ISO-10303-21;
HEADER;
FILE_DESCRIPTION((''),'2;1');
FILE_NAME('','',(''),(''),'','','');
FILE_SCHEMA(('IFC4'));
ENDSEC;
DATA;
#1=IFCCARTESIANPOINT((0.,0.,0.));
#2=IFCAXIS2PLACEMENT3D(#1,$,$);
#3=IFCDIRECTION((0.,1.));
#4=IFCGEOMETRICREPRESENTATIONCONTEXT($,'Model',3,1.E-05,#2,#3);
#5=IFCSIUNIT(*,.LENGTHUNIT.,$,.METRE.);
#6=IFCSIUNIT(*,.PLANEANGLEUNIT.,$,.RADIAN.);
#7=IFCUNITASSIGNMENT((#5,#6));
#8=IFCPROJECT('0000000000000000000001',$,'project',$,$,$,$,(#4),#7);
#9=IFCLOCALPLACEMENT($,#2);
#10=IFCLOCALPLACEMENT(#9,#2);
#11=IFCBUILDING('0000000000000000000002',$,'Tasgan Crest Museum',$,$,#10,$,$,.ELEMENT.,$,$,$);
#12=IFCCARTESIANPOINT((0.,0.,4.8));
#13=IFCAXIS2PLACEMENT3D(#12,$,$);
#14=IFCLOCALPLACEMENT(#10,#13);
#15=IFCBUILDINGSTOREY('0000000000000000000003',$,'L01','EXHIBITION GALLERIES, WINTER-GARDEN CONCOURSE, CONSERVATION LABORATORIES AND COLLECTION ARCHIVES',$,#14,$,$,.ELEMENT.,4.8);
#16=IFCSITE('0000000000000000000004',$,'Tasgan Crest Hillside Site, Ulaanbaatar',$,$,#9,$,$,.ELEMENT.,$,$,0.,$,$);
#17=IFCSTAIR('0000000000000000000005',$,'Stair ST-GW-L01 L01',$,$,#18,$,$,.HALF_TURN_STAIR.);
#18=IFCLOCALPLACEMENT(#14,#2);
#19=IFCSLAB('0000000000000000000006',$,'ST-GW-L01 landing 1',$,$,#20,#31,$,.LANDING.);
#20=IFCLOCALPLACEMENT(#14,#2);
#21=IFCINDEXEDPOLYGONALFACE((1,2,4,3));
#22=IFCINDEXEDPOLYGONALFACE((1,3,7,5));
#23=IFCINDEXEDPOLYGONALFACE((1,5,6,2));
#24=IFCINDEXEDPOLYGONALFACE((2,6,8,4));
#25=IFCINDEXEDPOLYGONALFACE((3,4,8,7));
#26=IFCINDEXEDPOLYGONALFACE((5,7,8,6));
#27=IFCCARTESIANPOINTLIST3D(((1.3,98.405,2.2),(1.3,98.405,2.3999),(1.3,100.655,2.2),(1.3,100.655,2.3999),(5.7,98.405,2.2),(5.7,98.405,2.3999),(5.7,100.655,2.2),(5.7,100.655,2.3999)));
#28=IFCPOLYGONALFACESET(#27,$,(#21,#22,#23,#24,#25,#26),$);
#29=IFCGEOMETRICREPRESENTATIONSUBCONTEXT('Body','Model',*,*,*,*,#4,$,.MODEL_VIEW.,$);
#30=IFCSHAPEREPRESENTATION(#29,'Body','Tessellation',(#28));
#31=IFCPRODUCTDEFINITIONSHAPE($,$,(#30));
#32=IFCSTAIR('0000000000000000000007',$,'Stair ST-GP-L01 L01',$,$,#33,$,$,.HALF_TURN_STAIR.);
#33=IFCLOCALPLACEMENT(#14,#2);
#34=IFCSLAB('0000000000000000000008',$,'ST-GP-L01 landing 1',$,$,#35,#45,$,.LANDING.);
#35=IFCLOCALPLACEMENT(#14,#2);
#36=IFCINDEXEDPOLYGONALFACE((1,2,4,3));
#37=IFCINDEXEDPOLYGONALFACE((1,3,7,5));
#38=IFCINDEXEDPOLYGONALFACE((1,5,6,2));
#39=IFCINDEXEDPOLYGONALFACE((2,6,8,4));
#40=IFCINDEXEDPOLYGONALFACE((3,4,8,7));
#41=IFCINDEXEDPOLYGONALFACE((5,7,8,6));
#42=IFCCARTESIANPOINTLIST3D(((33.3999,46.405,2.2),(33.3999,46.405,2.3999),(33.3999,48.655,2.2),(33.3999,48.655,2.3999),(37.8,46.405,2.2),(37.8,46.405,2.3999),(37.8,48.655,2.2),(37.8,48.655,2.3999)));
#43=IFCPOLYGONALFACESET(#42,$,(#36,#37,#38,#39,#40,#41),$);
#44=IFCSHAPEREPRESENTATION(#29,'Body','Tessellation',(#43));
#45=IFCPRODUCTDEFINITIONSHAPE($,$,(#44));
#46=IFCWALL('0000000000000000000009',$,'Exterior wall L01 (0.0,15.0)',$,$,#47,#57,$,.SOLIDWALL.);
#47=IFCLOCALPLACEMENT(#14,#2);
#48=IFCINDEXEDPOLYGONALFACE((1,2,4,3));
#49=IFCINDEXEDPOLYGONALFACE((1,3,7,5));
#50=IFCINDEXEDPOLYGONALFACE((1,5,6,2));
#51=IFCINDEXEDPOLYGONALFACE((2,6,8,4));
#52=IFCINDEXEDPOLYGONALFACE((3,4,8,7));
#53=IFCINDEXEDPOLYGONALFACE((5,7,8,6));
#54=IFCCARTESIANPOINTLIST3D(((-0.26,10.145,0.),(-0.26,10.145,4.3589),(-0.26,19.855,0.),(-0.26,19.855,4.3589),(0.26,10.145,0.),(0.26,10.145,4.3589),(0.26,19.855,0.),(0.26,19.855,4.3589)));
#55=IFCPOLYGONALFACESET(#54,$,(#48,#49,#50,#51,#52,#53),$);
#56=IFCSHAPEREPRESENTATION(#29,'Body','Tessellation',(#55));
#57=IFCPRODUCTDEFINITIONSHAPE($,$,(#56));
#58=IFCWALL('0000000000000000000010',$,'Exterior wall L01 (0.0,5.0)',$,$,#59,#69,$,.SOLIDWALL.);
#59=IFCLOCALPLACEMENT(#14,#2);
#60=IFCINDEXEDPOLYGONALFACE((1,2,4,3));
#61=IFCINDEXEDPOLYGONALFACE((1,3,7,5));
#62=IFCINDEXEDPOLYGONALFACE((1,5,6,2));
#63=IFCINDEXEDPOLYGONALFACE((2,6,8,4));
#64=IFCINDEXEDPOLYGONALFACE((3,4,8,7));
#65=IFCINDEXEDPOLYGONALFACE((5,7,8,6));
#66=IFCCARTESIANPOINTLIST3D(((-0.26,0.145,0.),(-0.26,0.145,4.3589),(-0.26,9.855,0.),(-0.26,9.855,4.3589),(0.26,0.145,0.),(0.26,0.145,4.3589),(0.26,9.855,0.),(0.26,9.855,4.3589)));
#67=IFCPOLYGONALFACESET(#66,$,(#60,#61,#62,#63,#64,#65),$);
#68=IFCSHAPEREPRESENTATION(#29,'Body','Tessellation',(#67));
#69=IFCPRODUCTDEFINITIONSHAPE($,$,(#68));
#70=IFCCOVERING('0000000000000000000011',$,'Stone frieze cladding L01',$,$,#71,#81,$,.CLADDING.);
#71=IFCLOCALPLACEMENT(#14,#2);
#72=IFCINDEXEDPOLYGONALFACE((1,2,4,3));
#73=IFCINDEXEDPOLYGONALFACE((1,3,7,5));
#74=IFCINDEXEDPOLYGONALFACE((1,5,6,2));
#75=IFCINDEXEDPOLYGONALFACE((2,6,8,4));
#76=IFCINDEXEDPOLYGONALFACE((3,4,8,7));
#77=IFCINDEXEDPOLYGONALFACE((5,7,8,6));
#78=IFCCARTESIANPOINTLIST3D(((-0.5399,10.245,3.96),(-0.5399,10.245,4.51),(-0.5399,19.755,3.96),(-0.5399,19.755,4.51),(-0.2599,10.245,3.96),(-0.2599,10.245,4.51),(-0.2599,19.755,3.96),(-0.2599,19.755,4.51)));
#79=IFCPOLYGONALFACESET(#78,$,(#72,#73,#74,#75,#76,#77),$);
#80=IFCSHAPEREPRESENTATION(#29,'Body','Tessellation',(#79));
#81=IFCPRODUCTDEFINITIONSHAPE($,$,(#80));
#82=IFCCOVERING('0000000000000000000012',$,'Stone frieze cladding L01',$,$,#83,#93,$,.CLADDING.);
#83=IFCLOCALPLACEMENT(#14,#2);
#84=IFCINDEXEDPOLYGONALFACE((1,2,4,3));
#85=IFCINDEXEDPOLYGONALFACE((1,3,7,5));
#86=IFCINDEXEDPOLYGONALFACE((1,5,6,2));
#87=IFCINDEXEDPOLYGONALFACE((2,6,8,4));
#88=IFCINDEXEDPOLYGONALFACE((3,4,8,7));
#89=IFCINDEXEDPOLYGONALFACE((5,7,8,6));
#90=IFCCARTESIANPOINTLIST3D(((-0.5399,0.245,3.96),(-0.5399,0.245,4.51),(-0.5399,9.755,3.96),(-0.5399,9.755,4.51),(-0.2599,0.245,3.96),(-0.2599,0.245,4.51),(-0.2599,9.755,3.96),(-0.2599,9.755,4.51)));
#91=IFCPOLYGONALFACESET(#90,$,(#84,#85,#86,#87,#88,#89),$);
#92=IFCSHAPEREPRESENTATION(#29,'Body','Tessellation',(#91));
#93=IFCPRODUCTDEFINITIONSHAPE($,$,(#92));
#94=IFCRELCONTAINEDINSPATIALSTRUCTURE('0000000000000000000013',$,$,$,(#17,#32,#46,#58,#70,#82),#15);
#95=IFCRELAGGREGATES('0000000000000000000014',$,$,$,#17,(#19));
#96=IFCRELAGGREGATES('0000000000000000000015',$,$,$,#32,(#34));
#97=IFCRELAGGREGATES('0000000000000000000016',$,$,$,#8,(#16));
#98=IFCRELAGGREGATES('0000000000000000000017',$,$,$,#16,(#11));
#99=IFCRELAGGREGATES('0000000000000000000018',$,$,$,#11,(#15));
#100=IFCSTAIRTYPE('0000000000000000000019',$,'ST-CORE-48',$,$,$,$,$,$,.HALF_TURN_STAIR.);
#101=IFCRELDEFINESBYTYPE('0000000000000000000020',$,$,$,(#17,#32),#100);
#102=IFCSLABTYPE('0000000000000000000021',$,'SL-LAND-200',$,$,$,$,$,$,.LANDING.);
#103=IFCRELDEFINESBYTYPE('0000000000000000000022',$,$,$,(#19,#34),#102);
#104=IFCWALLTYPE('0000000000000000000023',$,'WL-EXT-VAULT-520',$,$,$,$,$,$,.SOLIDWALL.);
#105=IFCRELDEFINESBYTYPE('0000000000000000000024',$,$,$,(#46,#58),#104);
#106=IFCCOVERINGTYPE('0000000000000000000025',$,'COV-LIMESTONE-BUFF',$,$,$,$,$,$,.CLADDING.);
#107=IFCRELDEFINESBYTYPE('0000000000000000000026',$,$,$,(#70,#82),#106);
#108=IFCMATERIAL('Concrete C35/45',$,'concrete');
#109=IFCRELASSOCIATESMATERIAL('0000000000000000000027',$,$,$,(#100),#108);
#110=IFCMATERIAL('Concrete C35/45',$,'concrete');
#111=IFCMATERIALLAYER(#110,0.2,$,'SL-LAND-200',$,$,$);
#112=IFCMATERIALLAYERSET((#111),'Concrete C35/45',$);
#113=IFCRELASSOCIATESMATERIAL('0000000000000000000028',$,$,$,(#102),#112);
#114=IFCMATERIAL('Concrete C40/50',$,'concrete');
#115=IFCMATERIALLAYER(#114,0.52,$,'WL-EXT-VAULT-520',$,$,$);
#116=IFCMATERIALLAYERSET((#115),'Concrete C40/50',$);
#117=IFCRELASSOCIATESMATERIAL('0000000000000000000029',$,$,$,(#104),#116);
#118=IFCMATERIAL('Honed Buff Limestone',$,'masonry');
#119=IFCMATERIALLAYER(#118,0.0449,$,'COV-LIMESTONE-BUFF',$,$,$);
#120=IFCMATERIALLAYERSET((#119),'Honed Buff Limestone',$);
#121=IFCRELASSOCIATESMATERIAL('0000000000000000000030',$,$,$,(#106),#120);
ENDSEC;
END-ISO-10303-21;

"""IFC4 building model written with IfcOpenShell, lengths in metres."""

from ifc_helpers import new_model, si_unit, direction, frame, frame_2d, origin, origin_2d, place, context, subcontext, project, spatial, polyline, rectangle, outline, extrude, material, layer, layer_set, type_object, element, aggregate, save


model = new_model("IFC4")

# Units and contexts
model_context = context("Model", 3, precision=1e-05, world=origin(), true_north=direction((0.0, 1.0)))
body_context = subcontext(model_context, "Body", "Model", "MODEL_VIEW")
ifc_project = project(units=[si_unit("LENGTHUNIT", "METRE"), si_unit("PLANEANGLEUNIT", "RADIAN")], contexts=[model_context])

# Site, building, storey
site_placement = place(None, origin())
site = spatial("IfcSite", under=ifc_project, at=site_placement, Name="Tasgan Crest Hillside Site, Ulaanbaatar", CompositionType="ELEMENT", RefElevation=0.0)
building_placement = place(site_placement, origin())
building = spatial("IfcBuilding", under=site, at=building_placement, Name="Tasgan Crest Museum", CompositionType="ELEMENT")
storey_placement = place(building_placement, frame((0.0, 0.0, 4.8)))
storey = spatial("IfcBuildingStorey", under=building, at=storey_placement, Name="L01", Description="EXHIBITION GALLERIES, WINTER-GARDEN CONCOURSE, CONSERVATION LABORATORIES AND COLLECTION ARCHIVES", CompositionType="ELEMENT", Elevation=4.8)

# Stairs, slabs
ifc_material_1 = material(Name="Concrete C35/45", Category="concrete")
stair_type_1 = type_object("IfcStairType", Name="ST-CORE-48", PredefinedType="HALF_TURN_STAIR", material=ifc_material_1)
ifc_material_2 = material(Name="Concrete C35/45", Category="concrete")
ifc_layer_1 = layer(ifc_material_2, 0.2, Name="SL-LAND-200")
ifc_layer_set_1 = layer_set([ifc_layer_1], Name="Concrete C35/45")
slab_type_1 = type_object("IfcSlabType", Name="SL-LAND-200", PredefinedType="LANDING", material=ifc_layer_set_1)
stair_1_placement = place(storey_placement, origin())
stair_1 = element("IfcStair", 1, at=stair_1_placement, inside=storey, type_object=stair_type_1, Name="Stair ST-GW-L01 L01", PredefinedType="HALF_TURN_STAIR")
slab_1_placement = place(storey_placement, frame((0.0, 0.0, 2.2)))
slab_1 = element("IfcSlab", 2, at=slab_1_placement, type_object=slab_type_1, Name="ST-GW-L01 landing 1", PredefinedType="LANDING", context=body_context, shape_type="SweptSolid", body=[
    extrude(outline(polyline([(1.3, 98.405), (5.7, 98.405), (5.7, 100.655), (1.3, 100.655), (1.3, 98.405)])), origin(), (0.0, 0.0, 1.0), 0.2),
])
aggregate(stair_1, [slab_1])
stair_2_placement = place(storey_placement, origin())
stair_2 = element("IfcStair", 3, at=stair_2_placement, inside=storey, type_object=stair_type_1, Name="Stair ST-GP-L01 L01", PredefinedType="HALF_TURN_STAIR")
slab_2_placement = place(storey_placement, frame((0.0, 0.0, 2.2)))
slab_2 = element("IfcSlab", 4, at=slab_2_placement, type_object=slab_type_1, Name="ST-GP-L01 landing 1", PredefinedType="LANDING", context=body_context, shape_type="SweptSolid", body=[
    extrude(outline(polyline([(33.3999, 46.405), (37.8, 46.405), (37.8, 48.655), (33.3999, 48.655), (33.3999, 46.405)])), origin(), (0.0, 0.0, 1.0), 0.2),
])
aggregate(stair_2, [slab_2])

# Walls
ifc_material_3 = material(Name="Concrete C40/50", Category="concrete")
ifc_layer_2 = layer(ifc_material_3, 0.52, Name="WL-EXT-VAULT-520")
ifc_layer_set_2 = layer_set([ifc_layer_2], Name="Concrete C40/50")
wall_type = type_object("IfcWallType", Name="WL-EXT-VAULT-520", PredefinedType="SOLIDWALL", material=ifc_layer_set_2)
for number, where, z_axis, x_axis, name in (
    (5, (0.0, 19.855, 0.0), (0.0, 0.0, 1.0), (0.0, -1.0, 0.0), "Exterior wall L01 (0.0,15.0)"),
    (6, (0.0, 9.855, 0.0), (0.0, 0.0, 1.0), (0.0, -1.0, 0.0), "Exterior wall L01 (0.0,5.0)"),
):
    element("IfcWall", number, at=place(storey_placement, frame(where, z_axis=z_axis, x_axis=x_axis)), inside=storey, type_object=wall_type, Name=name, PredefinedType="SOLIDWALL", context=body_context, shape_type="SweptSolid", body=[
        extrude(rectangle(XDim=9.71, YDim=0.52, at=frame_2d((4.855, 0.0))), origin(), (0.0, 0.0, 1.0), 4.3589),
    ])

# Coverings
ifc_material_4 = material(Name="Honed Buff Limestone", Category="masonry")
ifc_layer_3 = layer(ifc_material_4, 0.0449, Name="COV-LIMESTONE-BUFF")
ifc_layer_set_3 = layer_set([ifc_layer_3], Name="Honed Buff Limestone")
covering_type = type_object("IfcCoveringType", Name="COV-LIMESTONE-BUFF", PredefinedType="CLADDING", material=ifc_layer_set_3)
for number, where, z_axis, x_axis, name in (
    (7, (-0.3999, 15.0, 3.96), (0.0, 0.0, 1.0), (0.0, -1.0, 0.0), "Stone frieze cladding L01"),
    (8, (-0.3999, 5.0, 3.96), (0.0, 0.0, 1.0), (0.0, -1.0, 0.0), "Stone frieze cladding L01"),
):
    element("IfcCovering", number, at=place(storey_placement, frame(where, z_axis=z_axis, x_axis=x_axis)), inside=storey, type_object=covering_type, Name=name, PredefinedType="CLADDING", context=body_context, shape_type="SweptSolid", body=[
        extrude(rectangle(XDim=9.51, YDim=0.28, at=origin_2d()), origin(), (0.0, 0.0, 1.0), 0.55),
    ])

save(model, "model.ifc")
